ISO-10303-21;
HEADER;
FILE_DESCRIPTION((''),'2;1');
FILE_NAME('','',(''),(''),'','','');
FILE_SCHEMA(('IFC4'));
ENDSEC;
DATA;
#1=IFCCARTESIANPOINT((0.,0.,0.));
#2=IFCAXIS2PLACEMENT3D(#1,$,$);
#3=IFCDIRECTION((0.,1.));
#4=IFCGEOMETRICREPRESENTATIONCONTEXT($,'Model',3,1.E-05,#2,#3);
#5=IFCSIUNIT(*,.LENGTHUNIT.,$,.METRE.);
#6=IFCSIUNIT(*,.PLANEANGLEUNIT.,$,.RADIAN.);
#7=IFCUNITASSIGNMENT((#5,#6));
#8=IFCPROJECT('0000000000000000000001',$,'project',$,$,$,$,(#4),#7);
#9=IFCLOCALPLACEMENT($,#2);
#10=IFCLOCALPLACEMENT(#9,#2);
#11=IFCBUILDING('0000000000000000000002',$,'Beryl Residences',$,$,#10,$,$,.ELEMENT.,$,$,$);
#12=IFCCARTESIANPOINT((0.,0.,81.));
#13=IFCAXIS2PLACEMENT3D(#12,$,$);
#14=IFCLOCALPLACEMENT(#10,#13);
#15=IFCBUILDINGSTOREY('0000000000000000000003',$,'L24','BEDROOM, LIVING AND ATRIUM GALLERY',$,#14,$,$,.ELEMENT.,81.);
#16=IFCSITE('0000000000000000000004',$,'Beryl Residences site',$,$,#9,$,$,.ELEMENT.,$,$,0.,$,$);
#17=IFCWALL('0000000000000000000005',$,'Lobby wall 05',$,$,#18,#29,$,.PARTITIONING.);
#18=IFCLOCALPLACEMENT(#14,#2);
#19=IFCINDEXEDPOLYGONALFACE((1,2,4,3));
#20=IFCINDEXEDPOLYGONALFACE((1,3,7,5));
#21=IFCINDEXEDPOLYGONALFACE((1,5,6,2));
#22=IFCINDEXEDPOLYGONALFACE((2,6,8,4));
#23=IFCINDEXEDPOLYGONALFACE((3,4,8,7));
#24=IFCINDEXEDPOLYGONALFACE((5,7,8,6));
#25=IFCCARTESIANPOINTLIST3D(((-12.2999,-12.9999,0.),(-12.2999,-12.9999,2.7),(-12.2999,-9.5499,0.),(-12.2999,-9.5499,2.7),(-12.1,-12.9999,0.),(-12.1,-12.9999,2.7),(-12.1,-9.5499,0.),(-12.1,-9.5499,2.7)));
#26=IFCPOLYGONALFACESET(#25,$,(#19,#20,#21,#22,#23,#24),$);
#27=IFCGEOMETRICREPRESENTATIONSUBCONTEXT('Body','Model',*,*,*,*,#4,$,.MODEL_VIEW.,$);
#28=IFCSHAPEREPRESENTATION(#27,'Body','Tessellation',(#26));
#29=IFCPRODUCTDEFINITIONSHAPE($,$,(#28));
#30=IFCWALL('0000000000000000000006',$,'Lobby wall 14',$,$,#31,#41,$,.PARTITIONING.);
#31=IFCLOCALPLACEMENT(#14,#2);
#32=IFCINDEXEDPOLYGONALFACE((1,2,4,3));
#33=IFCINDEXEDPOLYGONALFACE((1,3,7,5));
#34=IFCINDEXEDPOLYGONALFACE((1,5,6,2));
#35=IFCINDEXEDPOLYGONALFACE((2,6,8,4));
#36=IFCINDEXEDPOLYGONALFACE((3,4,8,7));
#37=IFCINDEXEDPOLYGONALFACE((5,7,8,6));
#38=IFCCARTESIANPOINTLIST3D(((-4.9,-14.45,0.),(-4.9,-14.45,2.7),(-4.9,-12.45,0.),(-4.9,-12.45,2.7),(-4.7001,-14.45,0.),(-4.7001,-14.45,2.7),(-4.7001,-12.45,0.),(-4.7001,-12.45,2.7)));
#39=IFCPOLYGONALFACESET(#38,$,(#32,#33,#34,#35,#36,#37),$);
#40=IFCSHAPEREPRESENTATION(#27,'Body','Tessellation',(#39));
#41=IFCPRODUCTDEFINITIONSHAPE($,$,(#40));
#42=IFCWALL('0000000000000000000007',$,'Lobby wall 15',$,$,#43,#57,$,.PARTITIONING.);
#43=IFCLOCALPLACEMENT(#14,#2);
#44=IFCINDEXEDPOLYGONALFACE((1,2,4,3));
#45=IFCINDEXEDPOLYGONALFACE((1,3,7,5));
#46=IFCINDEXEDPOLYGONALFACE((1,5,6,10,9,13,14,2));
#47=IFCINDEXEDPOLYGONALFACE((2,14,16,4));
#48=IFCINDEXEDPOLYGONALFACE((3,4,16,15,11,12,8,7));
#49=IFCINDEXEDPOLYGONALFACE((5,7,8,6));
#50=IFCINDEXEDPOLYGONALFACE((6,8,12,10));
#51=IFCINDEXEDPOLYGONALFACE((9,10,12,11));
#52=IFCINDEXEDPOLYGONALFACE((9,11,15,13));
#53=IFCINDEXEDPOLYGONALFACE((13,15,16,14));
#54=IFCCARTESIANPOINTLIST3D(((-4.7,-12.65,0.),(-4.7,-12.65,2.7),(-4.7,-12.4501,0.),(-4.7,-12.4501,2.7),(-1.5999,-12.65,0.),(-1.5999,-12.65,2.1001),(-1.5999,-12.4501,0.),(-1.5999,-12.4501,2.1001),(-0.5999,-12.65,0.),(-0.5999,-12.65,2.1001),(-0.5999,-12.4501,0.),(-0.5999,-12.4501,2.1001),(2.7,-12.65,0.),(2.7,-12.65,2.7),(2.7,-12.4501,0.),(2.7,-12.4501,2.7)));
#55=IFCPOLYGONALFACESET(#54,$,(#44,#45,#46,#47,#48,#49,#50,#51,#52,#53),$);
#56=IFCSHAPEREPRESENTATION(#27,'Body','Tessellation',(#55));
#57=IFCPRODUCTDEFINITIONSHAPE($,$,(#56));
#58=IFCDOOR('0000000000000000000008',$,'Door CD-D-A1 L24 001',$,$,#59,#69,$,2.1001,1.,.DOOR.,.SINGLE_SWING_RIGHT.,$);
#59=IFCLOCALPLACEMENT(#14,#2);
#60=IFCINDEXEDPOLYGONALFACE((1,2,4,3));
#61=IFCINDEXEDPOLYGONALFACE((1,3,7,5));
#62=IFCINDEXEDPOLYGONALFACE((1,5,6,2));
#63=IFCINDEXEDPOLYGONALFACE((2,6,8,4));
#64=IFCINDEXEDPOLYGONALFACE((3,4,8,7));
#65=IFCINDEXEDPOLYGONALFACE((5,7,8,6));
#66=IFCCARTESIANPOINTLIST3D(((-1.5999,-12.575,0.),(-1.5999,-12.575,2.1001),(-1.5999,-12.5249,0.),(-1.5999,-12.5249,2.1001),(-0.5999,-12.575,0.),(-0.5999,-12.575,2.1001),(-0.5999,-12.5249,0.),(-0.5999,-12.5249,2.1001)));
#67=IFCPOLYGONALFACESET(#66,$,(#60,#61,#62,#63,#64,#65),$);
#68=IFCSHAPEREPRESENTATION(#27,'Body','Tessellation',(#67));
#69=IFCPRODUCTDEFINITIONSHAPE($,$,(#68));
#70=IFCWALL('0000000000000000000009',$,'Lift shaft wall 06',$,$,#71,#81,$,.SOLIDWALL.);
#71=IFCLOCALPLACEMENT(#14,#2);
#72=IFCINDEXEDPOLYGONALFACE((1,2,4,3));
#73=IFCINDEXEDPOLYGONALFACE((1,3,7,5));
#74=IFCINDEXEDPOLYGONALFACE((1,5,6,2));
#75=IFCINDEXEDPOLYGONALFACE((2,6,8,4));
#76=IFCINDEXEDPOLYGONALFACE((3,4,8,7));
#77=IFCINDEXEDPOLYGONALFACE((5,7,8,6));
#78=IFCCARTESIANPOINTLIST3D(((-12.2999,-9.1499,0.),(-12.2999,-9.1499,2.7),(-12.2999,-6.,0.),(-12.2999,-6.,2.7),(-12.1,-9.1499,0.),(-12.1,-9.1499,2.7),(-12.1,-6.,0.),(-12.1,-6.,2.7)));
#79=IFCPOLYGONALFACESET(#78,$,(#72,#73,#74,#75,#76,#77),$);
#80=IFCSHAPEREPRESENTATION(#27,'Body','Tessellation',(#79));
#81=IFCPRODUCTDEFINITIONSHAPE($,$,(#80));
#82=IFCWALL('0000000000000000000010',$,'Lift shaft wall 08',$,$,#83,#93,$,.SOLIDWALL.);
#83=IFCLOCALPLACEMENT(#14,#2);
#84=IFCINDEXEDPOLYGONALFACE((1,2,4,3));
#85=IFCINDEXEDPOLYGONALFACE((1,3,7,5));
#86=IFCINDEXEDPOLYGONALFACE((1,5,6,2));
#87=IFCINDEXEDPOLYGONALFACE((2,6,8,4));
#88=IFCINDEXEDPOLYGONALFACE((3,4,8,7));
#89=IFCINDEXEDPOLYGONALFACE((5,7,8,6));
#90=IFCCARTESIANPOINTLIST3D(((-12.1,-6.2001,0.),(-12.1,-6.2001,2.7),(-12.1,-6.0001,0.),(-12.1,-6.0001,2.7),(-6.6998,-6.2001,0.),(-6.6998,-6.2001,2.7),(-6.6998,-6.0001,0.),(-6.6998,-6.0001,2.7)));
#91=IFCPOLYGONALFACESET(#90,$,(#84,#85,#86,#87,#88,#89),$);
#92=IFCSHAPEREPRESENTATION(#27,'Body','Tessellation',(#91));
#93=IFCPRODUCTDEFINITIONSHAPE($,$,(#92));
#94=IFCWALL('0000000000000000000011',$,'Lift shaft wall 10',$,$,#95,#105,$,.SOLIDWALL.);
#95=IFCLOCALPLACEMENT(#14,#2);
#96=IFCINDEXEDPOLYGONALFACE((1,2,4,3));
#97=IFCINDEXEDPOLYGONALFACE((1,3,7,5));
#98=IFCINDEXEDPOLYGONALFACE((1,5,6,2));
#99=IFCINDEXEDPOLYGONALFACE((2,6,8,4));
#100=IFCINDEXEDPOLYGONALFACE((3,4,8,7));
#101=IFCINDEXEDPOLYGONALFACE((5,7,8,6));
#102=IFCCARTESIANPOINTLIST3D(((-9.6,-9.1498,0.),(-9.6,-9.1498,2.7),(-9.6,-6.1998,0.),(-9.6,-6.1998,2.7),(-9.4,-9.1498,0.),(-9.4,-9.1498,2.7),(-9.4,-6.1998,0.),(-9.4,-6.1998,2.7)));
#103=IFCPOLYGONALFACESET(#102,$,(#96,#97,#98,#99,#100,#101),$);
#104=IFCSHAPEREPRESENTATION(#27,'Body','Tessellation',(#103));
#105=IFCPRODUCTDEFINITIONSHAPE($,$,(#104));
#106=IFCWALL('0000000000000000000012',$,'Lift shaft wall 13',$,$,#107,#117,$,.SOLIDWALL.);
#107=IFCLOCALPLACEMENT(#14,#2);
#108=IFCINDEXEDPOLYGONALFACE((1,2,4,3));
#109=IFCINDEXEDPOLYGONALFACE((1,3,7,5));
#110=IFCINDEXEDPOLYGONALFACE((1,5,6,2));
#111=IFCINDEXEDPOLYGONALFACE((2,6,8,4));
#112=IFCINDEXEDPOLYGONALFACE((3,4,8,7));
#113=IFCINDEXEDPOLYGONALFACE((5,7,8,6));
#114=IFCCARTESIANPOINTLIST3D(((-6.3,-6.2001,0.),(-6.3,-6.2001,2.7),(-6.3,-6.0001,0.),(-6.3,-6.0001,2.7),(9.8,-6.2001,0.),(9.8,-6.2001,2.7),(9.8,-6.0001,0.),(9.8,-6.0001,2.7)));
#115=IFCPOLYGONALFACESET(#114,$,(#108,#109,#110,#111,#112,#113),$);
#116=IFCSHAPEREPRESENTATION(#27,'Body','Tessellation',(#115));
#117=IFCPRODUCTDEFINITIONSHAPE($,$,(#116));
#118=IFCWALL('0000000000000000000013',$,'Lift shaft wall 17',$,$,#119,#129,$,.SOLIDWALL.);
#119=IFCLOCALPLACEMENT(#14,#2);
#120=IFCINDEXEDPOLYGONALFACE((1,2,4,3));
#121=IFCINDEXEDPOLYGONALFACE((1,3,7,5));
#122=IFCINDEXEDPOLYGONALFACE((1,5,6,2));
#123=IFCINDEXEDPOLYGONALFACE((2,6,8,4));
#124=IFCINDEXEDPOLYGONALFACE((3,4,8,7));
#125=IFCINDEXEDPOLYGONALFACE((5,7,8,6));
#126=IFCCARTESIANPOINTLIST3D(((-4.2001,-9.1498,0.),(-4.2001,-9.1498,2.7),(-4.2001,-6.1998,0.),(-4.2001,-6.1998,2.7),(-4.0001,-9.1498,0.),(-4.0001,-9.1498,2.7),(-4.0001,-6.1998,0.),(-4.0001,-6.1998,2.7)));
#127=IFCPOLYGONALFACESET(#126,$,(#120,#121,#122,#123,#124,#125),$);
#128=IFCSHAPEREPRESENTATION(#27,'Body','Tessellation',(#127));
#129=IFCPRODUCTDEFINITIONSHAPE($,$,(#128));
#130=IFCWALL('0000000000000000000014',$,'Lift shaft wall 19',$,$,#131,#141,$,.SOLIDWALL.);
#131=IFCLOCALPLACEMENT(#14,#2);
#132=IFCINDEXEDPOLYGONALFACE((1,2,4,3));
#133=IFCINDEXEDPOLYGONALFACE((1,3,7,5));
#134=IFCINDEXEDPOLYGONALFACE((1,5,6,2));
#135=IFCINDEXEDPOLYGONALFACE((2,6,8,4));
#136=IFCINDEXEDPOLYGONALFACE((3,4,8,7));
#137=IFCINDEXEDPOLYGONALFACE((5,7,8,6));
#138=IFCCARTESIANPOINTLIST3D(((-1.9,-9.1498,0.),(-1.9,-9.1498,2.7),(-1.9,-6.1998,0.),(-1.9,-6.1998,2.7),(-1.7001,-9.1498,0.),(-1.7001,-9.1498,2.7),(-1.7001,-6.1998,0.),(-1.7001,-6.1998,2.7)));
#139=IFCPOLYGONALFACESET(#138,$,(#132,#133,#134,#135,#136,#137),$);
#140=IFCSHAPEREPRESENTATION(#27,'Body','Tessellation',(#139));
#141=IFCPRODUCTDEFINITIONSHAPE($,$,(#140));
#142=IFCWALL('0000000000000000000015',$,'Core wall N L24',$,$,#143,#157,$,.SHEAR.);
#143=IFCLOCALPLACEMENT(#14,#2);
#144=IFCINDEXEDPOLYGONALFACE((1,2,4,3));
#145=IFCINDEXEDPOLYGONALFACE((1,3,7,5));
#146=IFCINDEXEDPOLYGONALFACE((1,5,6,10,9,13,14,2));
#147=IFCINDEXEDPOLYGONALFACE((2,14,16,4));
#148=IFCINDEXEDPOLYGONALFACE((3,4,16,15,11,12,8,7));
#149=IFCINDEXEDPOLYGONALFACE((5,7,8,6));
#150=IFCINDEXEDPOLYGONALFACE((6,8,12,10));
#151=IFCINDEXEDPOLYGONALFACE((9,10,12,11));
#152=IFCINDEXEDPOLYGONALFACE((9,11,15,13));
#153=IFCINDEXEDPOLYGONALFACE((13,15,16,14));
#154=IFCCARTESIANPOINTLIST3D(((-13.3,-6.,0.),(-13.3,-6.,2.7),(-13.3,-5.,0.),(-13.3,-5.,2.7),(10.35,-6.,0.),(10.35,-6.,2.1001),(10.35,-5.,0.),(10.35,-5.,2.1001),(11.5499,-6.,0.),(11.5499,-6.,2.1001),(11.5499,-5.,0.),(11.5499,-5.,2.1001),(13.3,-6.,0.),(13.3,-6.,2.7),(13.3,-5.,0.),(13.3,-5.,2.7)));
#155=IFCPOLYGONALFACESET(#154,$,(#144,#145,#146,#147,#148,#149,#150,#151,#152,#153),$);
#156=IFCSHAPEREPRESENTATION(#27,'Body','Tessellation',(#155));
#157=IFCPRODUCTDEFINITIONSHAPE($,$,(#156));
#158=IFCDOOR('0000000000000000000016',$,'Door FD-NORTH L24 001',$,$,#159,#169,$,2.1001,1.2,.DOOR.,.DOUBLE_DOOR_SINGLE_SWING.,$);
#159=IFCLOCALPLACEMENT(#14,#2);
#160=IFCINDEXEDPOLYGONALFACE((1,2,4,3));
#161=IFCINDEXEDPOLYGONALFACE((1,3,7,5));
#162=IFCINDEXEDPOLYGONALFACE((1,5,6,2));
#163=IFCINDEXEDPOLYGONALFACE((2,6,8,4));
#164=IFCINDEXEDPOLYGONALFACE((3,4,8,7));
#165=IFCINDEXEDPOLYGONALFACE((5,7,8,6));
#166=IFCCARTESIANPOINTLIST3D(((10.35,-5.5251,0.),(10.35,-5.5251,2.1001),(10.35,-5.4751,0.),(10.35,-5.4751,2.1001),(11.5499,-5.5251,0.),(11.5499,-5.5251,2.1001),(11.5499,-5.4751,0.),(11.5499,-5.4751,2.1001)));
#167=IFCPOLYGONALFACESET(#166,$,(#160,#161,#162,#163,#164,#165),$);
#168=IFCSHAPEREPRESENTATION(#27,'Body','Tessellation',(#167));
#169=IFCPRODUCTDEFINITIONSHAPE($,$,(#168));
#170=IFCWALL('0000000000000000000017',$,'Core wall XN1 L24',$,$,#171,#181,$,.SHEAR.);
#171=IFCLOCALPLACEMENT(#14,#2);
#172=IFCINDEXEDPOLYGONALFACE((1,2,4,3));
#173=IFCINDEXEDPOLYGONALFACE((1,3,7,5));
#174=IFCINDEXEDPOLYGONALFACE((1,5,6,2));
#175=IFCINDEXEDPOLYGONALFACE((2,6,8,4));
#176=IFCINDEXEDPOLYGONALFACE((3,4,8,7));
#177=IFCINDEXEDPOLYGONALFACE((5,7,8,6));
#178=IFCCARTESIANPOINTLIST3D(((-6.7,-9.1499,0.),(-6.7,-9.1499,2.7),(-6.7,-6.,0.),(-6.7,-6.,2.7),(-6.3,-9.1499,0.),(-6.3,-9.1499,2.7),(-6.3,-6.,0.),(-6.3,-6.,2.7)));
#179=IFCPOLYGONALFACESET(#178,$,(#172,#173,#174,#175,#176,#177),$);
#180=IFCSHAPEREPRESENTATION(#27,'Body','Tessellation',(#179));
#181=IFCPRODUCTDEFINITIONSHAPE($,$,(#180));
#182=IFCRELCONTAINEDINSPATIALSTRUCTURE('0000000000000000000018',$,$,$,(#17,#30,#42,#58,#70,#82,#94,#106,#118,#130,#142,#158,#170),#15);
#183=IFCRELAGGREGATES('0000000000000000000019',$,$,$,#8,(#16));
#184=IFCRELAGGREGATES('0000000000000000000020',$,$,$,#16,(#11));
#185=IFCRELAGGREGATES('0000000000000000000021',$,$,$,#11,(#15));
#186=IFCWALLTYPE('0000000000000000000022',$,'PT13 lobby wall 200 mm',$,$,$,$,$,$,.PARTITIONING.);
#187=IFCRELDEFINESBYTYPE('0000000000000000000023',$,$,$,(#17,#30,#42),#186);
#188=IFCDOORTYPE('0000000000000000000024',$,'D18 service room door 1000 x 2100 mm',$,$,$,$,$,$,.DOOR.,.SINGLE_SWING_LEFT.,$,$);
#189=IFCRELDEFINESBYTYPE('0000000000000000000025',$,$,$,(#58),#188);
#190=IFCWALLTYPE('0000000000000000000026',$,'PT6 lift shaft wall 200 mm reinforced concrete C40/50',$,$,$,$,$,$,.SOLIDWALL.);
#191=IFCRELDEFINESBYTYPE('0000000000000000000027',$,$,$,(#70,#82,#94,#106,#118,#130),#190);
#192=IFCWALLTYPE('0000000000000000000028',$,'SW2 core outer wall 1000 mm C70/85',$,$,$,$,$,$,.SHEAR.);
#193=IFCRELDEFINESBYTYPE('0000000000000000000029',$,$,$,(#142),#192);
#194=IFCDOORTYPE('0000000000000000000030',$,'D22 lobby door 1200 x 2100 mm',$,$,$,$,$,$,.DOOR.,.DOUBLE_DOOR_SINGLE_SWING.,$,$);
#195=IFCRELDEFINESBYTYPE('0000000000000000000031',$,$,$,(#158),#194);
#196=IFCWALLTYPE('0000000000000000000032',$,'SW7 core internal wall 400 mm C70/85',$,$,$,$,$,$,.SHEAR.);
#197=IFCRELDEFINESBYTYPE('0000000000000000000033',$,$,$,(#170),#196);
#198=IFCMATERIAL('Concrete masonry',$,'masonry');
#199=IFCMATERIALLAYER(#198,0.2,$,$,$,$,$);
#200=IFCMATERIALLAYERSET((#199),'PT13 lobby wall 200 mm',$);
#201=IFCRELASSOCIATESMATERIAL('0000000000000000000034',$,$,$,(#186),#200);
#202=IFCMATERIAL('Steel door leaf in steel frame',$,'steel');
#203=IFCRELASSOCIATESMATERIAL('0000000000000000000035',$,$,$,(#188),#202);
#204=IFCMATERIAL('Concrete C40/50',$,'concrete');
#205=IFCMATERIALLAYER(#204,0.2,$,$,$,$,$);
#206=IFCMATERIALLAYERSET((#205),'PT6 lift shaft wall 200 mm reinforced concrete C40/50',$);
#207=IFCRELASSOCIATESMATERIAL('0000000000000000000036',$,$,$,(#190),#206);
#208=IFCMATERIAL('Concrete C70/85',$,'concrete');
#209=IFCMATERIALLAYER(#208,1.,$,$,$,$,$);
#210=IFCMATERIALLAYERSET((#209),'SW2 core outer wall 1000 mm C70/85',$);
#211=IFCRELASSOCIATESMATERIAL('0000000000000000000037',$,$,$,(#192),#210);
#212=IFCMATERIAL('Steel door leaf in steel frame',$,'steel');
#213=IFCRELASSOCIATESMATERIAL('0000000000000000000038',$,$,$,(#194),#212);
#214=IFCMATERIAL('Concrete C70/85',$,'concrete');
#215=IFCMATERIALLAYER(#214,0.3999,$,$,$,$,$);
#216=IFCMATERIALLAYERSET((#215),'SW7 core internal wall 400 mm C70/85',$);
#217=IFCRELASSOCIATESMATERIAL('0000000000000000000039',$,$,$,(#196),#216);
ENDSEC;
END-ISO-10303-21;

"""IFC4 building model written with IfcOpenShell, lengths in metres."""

from ifc_helpers import new_model, si_unit, direction, frame, frame_2d, origin, place, context, subcontext, project, spatial, rectangle, extrude, material, layer, layer_set, type_object, element, fill, save


model = new_model("IFC4")

# Units and contexts
model_context = context("Model", 3, precision=1e-05, world=origin(), true_north=direction((0.0, 1.0)))
body_context = subcontext(model_context, "Body", "Model", "MODEL_VIEW")
ifc_project = project(units=[si_unit("LENGTHUNIT", "METRE"), si_unit("PLANEANGLEUNIT", "RADIAN")], contexts=[model_context])

# Site, building, storey
site_placement = place(None, origin())
site = spatial("IfcSite", under=ifc_project, at=site_placement, Name="Beryl Residences site", CompositionType="ELEMENT", RefElevation=0.0)
building_placement = place(site_placement, origin())
building = spatial("IfcBuilding", under=site, at=building_placement, Name="Beryl Residences", CompositionType="ELEMENT")
storey_placement = place(building_placement, frame((0.0, 0.0, 81.0)))
storey = spatial("IfcBuildingStorey", under=building, at=storey_placement, Name="L24", Description="BEDROOM, LIVING AND ATRIUM GALLERY", CompositionType="ELEMENT", Elevation=81.0)

# Walls
ifc_material_1 = material(Name="Concrete masonry", Category="masonry")
ifc_layer_1 = layer(ifc_material_1, 0.2)
ifc_layer_set_1 = layer_set([ifc_layer_1], Name="PT13 lobby wall 200 mm")
wall_type_1 = type_object("IfcWallType", Name="PT13 lobby wall 200 mm", PredefinedType="PARTITIONING", material=ifc_layer_set_1)
wall_1_placement = place(storey_placement, frame((-12.2, -13.0, 0.0), z_axis=(0.0, 0.0, 1.0), x_axis=(0.0, 1.0, 0.0)))
element("IfcWall", 1, at=wall_1_placement, inside=storey, type_object=wall_type_1, Name="Lobby wall 05", PredefinedType="PARTITIONING", context=body_context, shape_type="SweptSolid", body=[
    extrude(rectangle(XDim=3.45, YDim=0.2, at=frame_2d((1.7251, 0.0))), origin(), (0.0, 0.0, 1.0), 2.7),
])
wall_2_placement = place(storey_placement, frame((-4.8, -14.45, 0.0), z_axis=(0.0, 0.0, 1.0), x_axis=(0.0, 1.0, 0.0)))
element("IfcWall", 2, at=wall_2_placement, inside=storey, type_object=wall_type_1, Name="Lobby wall 14", PredefinedType="PARTITIONING", context=body_context, shape_type="SweptSolid", body=[
    extrude(rectangle(XDim=2.0, YDim=0.2, at=frame_2d((1.0, 0.0))), origin(), (0.0, 0.0, 1.0), 2.7),
])

# Wall, opening, door
wall_3_placement = place(storey_placement, frame((-4.7, -12.55, 0.0), z_axis=(0.0, 0.0, 1.0), x_axis=(1.0, 0.0, 0.0)))
wall_3 = element("IfcWall", 3, at=wall_3_placement, inside=storey, type_object=wall_type_1, Name="Lobby wall 15", PredefinedType="PARTITIONING", context=body_context, shape_type="SweptSolid", body=[
    extrude(rectangle(XDim=7.3999, YDim=0.2, at=frame_2d((3.7, 0.0))), origin(), (0.0, 0.0, 1.0), 2.7),
])
opening_1_placement = place(wall_3_placement, frame((4.1001, 0.0, 0.0), z_axis=(0.0, 0.0, 1.0), x_axis=(-1.0, 0.0, 0.0)))
opening_1 = element("IfcOpeningElement", 4, at=opening_1_placement, cuts=wall_3, PredefinedType="OPENING", context=body_context, shape_type="SweptSolid", body=[
    extrude(rectangle(XDim=1.0, YDim=2.1001, at=frame_2d((0.5, 1.05))), frame((0.0, 0.1099, 0.0), z_axis=(0.0, -1.0, 0.0), x_axis=(1.0, 0.0, 0.0)), (0.0, 0.0, 1.0), 0.22),
])
ifc_material_2 = material(Name="Steel door leaf in steel frame", Category="steel")
door_type_1 = type_object("IfcDoorType", Name="D18 service room door 1000 x 2100 mm", OperationType="SINGLE_SWING_LEFT", PredefinedType="DOOR", material=ifc_material_2)
door_1_placement = place(opening_1_placement, origin())
door_1 = element("IfcDoor", 5, at=door_1_placement, inside=storey, type_object=door_type_1, Name="Door CD-D-A1 L24 001", OperationType="SINGLE_SWING_RIGHT", OverallHeight=2.1001, OverallWidth=1.0, PredefinedType="DOOR", context=body_context, shape_type="SweptSolid", body=[
    extrude(rectangle(XDim=1.0, YDim=2.1001, at=frame_2d((0.5, 1.05))), frame((0.0, 0.0249, 0.0), z_axis=(0.0, -1.0, 0.0), x_axis=(1.0, 0.0, 0.0)), (0.0, 0.0, 1.0), 0.05),
])
fill(opening_1, door_1)

# Walls
ifc_material_3 = material(Name="Concrete C40/50", Category="concrete")
ifc_layer_2 = layer(ifc_material_3, 0.2)
ifc_layer_set_2 = layer_set([ifc_layer_2], Name="PT6 lift shaft wall 200 mm reinforced concrete C40/50")
wall_type_2 = type_object("IfcWallType", Name="PT6 lift shaft wall 200 mm reinforced concrete C40/50", PredefinedType="SOLIDWALL", material=ifc_layer_set_2)
wall_4_placement = place(storey_placement, frame((-12.2, -9.1499, 0.0), z_axis=(0.0, 0.0, 1.0), x_axis=(0.0, 1.0, 0.0)))
element("IfcWall", 6, at=wall_4_placement, inside=storey, type_object=wall_type_2, Name="Lift shaft wall 06", PredefinedType="SOLIDWALL", context=body_context, shape_type="SweptSolid", body=[
    extrude(rectangle(XDim=3.1499, YDim=0.2, at=frame_2d((1.575, 0.0))), origin(), (0.0, 0.0, 1.0), 2.7),
])
wall_5_placement = place(storey_placement, frame((-12.1001, -6.1001, 0.0), z_axis=(0.0, 0.0, 1.0), x_axis=(1.0, 0.0, 0.0)))
element("IfcWall", 7, at=wall_5_placement, inside=storey, type_object=wall_type_2, Name="Lift shaft wall 08", PredefinedType="SOLIDWALL", context=body_context, shape_type="SweptSolid", body=[
    extrude(rectangle(XDim=5.4001, YDim=0.2, at=frame_2d((2.7002, 0.0))), origin(), (0.0, 0.0, 1.0), 2.7),
])
wall_6_placement = place(storey_placement, frame((-9.5, -9.1499, 0.0), z_axis=(0.0, 0.0, 1.0), x_axis=(0.0, 1.0, 0.0)))
element("IfcWall", 8, at=wall_6_placement, inside=storey, type_object=wall_type_2, Name="Lift shaft wall 10", PredefinedType="SOLIDWALL", context=body_context, shape_type="SweptSolid", body=[
    extrude(rectangle(XDim=2.95, YDim=0.2, at=frame_2d((1.4751, 0.0))), origin(), (0.0, 0.0, 1.0), 2.7),
])
wall_7_placement = place(storey_placement, frame((-6.3, -6.1001, 0.0), z_axis=(0.0, 0.0, 1.0), x_axis=(1.0, 0.0, 0.0)))
element("IfcWall", 9, at=wall_7_placement, inside=storey, type_object=wall_type_2, Name="Lift shaft wall 13", PredefinedType="SOLIDWALL", context=body_context, shape_type="SweptSolid", body=[
    extrude(rectangle(XDim=16.1001, YDim=0.2, at=frame_2d((8.05, 0.0))), origin(), (0.0, 0.0, 1.0), 2.7),
])
for number, where, z_axis, x_axis, name in (
    (10, (-4.1001, -9.1499, 0.0), (0.0, 0.0, 1.0), (0.0, 1.0, 0.0), "Lift shaft wall 17"),
    (11, (-1.8, -9.1499, 0.0), (0.0, 0.0, 1.0), (0.0, 1.0, 0.0), "Lift shaft wall 19"),
):
    element("IfcWall", number, at=place(storey_placement, frame(where, z_axis=z_axis, x_axis=x_axis)), inside=storey, type_object=wall_type_2, Name=name, PredefinedType="SOLIDWALL", context=body_context, shape_type="SweptSolid", body=[
        extrude(rectangle(XDim=2.95, YDim=0.2, at=frame_2d((1.4751, 0.0))), origin(), (0.0, 0.0, 1.0), 2.7),
    ])

# Wall, opening, door
ifc_material_4 = material(Name="Concrete C70/85", Category="concrete")
ifc_layer_3 = layer(ifc_material_4, 1.0)
ifc_layer_set_3 = layer_set([ifc_layer_3], Name="SW2 core outer wall 1000 mm C70/85")
wall_type_3 = type_object("IfcWallType", Name="SW2 core outer wall 1000 mm C70/85", PredefinedType="SHEAR", material=ifc_layer_set_3)
wall_8_placement = place(storey_placement, frame((-13.3, -5.5, 0.0), z_axis=(0.0, 0.0, 1.0), x_axis=(1.0, 0.0, 0.0)))
wall_8 = element("IfcWall", 12, at=wall_8_placement, inside=storey, type_object=wall_type_3, Name="Core wall N L24", PredefinedType="SHEAR", context=body_context, shape_type="SweptSolid", body=[
    extrude(rectangle(XDim=26.6001, YDim=1.0, at=frame_2d((13.3, 0.0))), origin(), (0.0, 0.0, 1.0), 2.7),
])
opening_2_placement = place(wall_8_placement, frame((23.6499, 0.0, 0.0)))
opening_2 = element("IfcOpeningElement", 13, at=opening_2_placement, cuts=wall_8, PredefinedType="OPENING", context=body_context, shape_type="SweptSolid", body=[
    extrude(rectangle(XDim=1.2, YDim=2.1001, at=frame_2d((0.6001, 1.05))), frame((0.0, 0.51, 0.0), z_axis=(0.0, -1.0, 0.0), x_axis=(1.0, 0.0, 0.0)), (0.0, 0.0, 1.0), 1.02),
])
ifc_material_5 = material(Name="Steel door leaf in steel frame", Category="steel")
door_type_2 = type_object("IfcDoorType", Name="D22 lobby door 1200 x 2100 mm", OperationType="DOUBLE_DOOR_SINGLE_SWING", PredefinedType="DOOR", material=ifc_material_5)
door_2_placement = place(opening_2_placement, origin())
door_2 = element("IfcDoor", 14, at=door_2_placement, inside=storey, type_object=door_type_2, Name="Door FD-NORTH L24 001", OperationType="DOUBLE_DOOR_SINGLE_SWING", OverallHeight=2.1001, OverallWidth=1.2, PredefinedType="DOOR", context=body_context, shape_type="SweptSolid", body=[
    extrude(rectangle(XDim=1.2, YDim=2.1001, at=frame_2d((0.6001, 1.05))), frame((0.0, 0.0249, 0.0), z_axis=(0.0, -1.0, 0.0), x_axis=(1.0, 0.0, 0.0)), (0.0, 0.0, 1.0), 0.05),
])
fill(opening_2, door_2)

# Shared definitions
ifc_material_6 = material(Name="Concrete C70/85", Category="concrete")
ifc_layer_4 = layer(ifc_material_6, 0.3999)
ifc_layer_set_4 = layer_set([ifc_layer_4], Name="SW7 core internal wall 400 mm C70/85")
wall_type_4 = type_object("IfcWallType", Name="SW7 core internal wall 400 mm C70/85", PredefinedType="SHEAR", material=ifc_layer_set_4)

# Wall
wall_9_placement = place(storey_placement, frame((-6.5, -9.1499, 0.0), z_axis=(0.0, 0.0, 1.0), x_axis=(0.0, 1.0, 0.0)))
element("IfcWall", 15, at=wall_9_placement, inside=storey, type_object=wall_type_4, Name="Core wall XN1 L24", PredefinedType="SHEAR", context=body_context, shape_type="SweptSolid", body=[
    extrude(rectangle(XDim=3.1499, YDim=0.3999, at=frame_2d((1.575, 0.0))), origin(), (0.0, 0.0, 1.0), 2.7),
])

save(model, "model.ifc")
